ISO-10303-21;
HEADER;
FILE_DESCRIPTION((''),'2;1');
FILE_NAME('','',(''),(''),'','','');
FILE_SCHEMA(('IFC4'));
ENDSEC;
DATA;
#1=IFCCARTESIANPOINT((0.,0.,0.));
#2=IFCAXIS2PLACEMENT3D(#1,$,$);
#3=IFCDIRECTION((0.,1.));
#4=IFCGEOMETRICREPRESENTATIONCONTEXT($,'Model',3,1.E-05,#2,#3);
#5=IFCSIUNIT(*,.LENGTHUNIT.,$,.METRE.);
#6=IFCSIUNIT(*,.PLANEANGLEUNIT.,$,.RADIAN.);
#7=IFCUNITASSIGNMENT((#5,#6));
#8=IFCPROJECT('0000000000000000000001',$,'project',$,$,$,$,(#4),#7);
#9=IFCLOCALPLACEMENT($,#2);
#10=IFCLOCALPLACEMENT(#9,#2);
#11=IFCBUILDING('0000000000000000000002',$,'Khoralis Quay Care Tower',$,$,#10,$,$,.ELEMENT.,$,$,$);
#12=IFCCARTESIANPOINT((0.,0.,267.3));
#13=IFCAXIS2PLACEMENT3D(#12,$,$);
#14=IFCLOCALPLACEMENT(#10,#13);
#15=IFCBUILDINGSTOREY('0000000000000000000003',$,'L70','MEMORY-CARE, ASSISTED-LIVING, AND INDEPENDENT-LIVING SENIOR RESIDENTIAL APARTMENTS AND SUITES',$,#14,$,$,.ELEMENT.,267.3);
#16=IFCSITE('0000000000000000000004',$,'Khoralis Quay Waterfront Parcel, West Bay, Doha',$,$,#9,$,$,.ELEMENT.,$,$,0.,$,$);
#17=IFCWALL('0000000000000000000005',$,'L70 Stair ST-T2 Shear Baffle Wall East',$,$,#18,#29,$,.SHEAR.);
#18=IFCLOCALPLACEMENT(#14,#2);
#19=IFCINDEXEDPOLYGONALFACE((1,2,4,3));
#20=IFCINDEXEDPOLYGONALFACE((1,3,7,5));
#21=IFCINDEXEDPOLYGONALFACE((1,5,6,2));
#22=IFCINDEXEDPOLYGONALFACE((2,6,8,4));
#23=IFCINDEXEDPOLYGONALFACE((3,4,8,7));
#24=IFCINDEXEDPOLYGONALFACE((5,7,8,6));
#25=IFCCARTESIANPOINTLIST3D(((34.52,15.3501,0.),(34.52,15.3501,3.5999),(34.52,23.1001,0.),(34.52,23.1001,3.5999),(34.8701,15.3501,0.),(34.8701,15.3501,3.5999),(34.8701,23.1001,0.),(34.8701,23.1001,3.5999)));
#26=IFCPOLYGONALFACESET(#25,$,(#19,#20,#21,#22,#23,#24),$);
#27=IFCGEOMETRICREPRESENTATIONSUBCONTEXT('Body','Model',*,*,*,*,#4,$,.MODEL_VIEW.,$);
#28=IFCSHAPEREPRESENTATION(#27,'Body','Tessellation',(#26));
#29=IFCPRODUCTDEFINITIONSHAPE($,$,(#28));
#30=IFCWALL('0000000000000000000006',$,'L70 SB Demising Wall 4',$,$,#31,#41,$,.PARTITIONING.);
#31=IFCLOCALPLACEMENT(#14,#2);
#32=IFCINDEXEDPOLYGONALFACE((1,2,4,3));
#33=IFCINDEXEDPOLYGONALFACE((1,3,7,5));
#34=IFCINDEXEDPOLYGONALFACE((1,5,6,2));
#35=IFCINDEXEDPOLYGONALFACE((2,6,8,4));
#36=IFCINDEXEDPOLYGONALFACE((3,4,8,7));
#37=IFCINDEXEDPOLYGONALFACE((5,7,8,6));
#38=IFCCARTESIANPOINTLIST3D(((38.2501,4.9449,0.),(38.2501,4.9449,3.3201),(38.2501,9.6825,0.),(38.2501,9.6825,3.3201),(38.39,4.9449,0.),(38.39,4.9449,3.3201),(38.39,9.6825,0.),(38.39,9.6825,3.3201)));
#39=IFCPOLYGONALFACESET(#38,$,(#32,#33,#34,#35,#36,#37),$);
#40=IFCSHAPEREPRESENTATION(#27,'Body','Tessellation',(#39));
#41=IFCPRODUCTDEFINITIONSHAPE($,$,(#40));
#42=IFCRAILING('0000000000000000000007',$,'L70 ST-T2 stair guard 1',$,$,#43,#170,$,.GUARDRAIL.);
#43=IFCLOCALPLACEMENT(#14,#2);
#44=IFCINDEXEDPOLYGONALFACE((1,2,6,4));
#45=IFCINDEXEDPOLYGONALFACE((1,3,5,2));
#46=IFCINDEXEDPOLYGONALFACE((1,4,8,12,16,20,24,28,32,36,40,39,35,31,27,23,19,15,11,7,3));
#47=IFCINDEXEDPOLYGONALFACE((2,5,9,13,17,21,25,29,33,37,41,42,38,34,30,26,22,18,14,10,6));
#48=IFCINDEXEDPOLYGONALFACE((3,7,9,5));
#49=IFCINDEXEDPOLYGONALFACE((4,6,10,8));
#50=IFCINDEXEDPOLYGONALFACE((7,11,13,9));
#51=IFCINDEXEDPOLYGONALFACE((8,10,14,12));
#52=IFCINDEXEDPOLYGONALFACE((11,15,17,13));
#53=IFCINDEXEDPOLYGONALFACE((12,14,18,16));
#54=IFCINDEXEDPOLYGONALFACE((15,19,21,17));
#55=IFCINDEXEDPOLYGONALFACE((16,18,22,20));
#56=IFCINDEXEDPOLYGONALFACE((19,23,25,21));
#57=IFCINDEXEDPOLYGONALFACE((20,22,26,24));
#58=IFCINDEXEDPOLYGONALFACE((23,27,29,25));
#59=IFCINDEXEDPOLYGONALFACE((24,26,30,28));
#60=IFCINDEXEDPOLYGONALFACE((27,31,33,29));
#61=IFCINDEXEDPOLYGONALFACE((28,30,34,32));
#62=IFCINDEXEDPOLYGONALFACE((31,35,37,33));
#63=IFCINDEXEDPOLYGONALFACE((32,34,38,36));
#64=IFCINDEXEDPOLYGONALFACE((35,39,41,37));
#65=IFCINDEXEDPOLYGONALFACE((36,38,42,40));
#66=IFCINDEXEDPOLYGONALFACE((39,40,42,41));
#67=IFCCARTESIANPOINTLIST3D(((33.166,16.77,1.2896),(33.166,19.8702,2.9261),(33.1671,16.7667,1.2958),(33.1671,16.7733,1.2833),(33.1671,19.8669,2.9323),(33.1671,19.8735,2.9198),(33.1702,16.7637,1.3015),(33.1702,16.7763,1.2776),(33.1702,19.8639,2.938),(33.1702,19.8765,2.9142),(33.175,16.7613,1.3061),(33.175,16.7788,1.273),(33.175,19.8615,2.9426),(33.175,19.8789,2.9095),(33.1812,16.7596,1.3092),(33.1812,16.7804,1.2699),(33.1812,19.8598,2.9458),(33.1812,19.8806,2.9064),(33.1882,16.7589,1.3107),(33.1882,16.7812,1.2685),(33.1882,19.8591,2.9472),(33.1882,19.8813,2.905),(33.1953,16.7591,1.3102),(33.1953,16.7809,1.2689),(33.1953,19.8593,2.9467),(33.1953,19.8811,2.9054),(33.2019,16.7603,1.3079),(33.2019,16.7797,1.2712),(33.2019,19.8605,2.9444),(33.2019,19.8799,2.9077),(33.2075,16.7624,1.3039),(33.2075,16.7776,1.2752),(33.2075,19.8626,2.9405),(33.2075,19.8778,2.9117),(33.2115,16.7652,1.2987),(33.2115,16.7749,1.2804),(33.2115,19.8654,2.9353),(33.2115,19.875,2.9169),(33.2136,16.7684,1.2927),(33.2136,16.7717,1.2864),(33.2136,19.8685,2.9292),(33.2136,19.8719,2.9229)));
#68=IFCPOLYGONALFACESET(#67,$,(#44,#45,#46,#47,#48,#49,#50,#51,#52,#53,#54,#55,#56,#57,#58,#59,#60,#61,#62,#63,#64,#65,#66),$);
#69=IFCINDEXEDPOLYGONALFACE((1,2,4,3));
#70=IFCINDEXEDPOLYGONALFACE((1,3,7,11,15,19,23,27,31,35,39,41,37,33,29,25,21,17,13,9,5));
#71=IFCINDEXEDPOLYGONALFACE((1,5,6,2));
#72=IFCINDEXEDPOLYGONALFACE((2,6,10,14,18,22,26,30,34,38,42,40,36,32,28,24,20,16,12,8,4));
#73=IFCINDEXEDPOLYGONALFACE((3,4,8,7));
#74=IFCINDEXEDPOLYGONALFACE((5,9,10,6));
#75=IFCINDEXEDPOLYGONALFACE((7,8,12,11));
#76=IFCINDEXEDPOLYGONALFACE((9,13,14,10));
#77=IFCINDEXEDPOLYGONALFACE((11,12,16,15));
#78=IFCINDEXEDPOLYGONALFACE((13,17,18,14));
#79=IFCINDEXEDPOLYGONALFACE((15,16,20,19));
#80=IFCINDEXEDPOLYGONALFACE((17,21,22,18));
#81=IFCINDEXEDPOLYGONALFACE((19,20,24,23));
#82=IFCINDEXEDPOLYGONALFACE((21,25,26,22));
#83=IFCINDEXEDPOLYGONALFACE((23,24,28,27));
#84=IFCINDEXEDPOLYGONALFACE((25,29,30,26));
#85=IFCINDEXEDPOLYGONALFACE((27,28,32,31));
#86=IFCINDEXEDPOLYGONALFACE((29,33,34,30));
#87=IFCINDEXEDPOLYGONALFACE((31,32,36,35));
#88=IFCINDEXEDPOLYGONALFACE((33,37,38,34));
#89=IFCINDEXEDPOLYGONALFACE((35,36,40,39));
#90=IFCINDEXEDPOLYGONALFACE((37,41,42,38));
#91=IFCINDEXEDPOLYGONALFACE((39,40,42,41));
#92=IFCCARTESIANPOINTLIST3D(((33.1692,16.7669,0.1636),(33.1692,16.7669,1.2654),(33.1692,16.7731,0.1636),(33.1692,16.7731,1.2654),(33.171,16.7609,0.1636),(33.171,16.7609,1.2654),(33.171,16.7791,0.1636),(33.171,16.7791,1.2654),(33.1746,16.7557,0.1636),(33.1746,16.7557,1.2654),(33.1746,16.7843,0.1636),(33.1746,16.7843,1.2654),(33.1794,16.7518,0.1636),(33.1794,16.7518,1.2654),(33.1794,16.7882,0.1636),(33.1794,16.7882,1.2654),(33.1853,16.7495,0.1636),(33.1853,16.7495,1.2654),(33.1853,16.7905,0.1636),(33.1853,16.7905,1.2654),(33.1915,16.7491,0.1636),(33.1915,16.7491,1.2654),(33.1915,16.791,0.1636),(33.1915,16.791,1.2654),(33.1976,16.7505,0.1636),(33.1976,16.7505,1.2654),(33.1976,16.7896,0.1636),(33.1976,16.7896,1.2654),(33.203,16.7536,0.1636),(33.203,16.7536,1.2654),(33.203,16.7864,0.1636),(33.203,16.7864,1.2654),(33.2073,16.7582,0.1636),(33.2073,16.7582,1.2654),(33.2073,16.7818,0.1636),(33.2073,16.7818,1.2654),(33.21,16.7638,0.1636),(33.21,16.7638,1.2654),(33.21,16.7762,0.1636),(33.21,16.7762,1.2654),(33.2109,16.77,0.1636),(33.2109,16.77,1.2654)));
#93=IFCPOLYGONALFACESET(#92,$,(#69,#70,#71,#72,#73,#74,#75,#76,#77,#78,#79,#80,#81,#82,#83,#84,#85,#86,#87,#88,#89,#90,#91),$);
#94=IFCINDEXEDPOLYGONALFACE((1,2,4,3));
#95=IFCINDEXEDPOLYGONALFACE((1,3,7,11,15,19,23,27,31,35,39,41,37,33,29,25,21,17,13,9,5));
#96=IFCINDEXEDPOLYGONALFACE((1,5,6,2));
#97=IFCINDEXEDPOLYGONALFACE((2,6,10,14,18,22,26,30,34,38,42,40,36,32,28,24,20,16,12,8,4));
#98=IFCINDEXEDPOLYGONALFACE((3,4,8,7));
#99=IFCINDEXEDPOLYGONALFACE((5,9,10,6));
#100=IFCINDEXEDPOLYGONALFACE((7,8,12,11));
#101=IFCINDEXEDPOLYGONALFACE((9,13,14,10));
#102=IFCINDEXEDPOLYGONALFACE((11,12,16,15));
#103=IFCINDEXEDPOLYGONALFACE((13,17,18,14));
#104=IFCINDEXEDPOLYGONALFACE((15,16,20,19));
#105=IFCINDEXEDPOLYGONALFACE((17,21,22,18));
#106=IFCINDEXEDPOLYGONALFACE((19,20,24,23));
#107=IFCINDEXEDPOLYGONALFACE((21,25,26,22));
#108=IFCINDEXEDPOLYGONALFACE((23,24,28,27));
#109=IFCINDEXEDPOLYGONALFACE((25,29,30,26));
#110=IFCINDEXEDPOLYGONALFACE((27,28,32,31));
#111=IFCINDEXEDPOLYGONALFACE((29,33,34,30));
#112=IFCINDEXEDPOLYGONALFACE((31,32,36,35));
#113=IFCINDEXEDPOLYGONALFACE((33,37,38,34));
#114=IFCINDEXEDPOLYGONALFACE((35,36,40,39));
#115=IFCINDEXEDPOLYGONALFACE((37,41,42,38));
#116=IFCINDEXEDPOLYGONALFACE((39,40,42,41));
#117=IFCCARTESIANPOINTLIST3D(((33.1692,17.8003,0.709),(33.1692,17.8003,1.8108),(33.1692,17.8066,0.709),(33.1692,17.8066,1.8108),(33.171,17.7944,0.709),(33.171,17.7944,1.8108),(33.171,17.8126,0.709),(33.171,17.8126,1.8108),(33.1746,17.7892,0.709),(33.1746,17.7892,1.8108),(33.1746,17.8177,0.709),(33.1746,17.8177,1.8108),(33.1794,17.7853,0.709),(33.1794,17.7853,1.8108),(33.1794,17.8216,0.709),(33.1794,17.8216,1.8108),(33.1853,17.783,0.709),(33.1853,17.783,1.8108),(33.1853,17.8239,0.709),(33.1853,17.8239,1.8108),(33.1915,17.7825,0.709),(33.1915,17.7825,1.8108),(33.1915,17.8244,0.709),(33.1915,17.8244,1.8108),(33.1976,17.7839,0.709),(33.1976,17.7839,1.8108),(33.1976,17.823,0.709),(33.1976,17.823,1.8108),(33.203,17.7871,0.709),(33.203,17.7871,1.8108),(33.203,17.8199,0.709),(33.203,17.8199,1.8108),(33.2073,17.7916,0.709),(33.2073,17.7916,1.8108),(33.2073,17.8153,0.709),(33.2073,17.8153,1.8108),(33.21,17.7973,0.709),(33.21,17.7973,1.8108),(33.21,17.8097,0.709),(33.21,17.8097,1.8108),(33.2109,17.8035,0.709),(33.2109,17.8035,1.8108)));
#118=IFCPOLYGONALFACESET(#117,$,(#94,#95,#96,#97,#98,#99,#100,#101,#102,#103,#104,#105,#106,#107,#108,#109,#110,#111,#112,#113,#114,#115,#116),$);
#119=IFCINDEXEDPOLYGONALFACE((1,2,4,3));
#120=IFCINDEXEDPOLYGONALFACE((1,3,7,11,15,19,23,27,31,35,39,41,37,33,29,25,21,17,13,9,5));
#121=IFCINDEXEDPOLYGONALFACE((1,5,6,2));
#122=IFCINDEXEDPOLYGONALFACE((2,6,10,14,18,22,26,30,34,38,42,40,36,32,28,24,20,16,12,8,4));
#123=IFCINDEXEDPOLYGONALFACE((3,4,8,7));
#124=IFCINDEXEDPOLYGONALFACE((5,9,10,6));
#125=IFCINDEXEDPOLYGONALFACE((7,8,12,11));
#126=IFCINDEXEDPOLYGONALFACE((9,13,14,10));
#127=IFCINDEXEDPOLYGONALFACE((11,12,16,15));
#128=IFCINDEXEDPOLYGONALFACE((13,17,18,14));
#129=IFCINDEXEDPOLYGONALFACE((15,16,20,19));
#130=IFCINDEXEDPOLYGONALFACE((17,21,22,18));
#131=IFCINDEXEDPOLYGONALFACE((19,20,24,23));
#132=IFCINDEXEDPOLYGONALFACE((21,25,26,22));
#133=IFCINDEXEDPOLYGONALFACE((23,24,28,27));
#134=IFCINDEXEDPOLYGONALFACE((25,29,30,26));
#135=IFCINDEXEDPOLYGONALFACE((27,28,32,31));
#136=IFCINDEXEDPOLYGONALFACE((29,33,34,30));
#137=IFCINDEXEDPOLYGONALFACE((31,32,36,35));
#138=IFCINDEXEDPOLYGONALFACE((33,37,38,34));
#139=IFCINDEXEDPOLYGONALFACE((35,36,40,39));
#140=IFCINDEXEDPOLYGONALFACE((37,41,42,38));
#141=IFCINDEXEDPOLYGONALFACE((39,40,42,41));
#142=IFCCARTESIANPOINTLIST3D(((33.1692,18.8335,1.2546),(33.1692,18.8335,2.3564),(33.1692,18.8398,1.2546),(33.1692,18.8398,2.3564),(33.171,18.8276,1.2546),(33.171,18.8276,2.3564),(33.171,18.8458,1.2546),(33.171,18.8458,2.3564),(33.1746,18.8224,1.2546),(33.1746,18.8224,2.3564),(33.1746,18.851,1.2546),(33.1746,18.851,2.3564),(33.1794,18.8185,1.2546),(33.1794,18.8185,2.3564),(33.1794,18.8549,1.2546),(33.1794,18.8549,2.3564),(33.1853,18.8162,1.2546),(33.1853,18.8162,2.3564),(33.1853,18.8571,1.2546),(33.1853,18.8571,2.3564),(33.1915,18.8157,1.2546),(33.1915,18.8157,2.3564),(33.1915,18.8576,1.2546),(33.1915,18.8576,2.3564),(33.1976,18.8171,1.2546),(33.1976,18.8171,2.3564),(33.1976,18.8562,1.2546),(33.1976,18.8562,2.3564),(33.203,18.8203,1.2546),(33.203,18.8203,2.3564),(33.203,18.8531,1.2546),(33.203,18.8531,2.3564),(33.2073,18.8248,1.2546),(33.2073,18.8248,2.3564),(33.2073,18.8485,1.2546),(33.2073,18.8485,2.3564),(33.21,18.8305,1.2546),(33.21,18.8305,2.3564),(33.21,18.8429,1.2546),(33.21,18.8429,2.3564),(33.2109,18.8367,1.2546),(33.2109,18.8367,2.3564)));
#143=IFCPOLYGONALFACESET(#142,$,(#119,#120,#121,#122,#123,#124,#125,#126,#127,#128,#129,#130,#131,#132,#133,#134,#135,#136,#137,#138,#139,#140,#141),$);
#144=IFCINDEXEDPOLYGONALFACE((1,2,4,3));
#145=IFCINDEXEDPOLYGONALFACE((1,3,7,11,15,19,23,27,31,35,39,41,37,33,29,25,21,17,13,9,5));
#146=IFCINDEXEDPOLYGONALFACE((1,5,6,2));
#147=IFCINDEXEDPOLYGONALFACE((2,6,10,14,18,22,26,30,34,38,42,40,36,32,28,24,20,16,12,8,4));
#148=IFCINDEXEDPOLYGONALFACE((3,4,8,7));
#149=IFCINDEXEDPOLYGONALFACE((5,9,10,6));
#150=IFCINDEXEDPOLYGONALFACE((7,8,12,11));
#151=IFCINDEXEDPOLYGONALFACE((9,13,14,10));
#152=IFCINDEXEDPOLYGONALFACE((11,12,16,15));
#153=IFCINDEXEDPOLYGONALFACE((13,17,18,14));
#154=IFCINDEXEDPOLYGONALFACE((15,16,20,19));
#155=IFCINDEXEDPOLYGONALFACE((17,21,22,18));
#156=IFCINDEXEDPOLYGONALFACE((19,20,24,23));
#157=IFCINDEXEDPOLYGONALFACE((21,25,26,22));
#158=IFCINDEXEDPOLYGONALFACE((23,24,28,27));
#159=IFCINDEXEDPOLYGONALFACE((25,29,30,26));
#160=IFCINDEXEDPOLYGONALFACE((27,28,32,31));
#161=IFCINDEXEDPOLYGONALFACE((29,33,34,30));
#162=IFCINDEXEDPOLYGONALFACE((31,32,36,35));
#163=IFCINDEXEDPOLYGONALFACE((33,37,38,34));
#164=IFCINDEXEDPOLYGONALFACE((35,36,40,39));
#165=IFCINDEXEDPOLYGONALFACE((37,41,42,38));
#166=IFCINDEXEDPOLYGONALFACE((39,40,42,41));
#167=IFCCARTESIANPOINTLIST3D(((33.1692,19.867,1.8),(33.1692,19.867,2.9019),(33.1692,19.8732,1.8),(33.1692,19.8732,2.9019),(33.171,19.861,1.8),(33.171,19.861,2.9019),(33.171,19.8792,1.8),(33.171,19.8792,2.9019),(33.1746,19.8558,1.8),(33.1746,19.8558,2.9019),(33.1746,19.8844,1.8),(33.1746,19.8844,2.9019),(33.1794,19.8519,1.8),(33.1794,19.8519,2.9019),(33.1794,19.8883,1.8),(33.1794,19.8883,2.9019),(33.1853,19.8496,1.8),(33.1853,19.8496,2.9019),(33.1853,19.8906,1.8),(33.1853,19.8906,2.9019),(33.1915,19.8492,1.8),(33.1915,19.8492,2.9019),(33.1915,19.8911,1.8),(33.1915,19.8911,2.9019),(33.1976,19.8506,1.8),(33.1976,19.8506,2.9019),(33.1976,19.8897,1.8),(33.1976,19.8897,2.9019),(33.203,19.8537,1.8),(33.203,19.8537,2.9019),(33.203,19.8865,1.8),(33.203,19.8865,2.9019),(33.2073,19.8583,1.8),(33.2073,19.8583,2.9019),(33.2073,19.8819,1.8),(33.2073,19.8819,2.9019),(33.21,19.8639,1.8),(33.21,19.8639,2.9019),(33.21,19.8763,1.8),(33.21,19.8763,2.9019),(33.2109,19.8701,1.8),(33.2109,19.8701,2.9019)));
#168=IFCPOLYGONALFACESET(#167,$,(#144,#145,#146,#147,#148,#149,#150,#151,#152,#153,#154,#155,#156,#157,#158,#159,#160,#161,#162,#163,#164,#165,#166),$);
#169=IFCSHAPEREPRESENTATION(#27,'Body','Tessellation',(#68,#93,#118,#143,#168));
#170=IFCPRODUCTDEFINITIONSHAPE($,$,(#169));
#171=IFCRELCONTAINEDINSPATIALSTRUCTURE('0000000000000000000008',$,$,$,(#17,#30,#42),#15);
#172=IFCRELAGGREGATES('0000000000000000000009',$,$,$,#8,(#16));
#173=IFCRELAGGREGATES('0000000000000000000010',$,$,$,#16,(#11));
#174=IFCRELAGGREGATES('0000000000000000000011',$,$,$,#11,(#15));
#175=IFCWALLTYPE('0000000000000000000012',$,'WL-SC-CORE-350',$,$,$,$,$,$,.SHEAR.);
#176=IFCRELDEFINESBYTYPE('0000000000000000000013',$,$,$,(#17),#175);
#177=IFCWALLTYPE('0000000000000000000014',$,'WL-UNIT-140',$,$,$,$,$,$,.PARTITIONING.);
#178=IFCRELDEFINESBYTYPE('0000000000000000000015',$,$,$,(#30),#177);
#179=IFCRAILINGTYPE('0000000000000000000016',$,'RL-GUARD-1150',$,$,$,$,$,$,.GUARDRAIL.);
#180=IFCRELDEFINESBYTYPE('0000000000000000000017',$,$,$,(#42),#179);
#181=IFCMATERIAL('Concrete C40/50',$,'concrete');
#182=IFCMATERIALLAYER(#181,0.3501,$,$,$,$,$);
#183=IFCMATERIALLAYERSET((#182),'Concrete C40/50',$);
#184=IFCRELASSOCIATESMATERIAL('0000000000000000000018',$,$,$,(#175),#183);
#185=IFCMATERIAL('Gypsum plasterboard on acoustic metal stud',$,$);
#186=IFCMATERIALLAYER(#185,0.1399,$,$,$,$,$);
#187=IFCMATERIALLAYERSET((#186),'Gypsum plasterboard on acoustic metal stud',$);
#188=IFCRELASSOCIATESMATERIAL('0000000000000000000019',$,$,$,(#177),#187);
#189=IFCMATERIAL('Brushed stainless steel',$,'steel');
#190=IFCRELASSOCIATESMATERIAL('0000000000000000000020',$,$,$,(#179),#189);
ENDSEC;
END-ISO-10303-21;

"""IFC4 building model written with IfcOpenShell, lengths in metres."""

from ifc_helpers import new_model, si_unit, direction, frame, frame_2d, origin, origin_2d, place, context, subcontext, project, spatial, rectangle, circle, extrude, material, layer, layer_set, type_object, element, save


model = new_model("IFC4")

# Units and contexts
model_context = context("Model", 3, precision=1e-05, world=origin(), true_north=direction((0.0, 1.0)))
body_context = subcontext(model_context, "Body", "Model", "MODEL_VIEW")
ifc_project = project(units=[si_unit("LENGTHUNIT", "METRE"), si_unit("PLANEANGLEUNIT", "RADIAN")], contexts=[model_context])

# Site, building, storey
site_placement = place(None, origin())
site = spatial("IfcSite", under=ifc_project, at=site_placement, Name="Khoralis Quay Waterfront Parcel, West Bay, Doha", CompositionType="ELEMENT", RefElevation=0.0)
building_placement = place(site_placement, origin())
building = spatial("IfcBuilding", under=site, at=building_placement, Name="Khoralis Quay Care Tower", CompositionType="ELEMENT")
storey_placement = place(building_placement, frame((0.0, 0.0, 267.3)))
storey = spatial("IfcBuildingStorey", under=building, at=storey_placement, Name="L70", Description="MEMORY-CARE, ASSISTED-LIVING, AND INDEPENDENT-LIVING SENIOR RESIDENTIAL APARTMENTS AND SUITES", CompositionType="ELEMENT", Elevation=267.3)

# Shared definitions
ifc_material_1 = material(Name="Gypsum plasterboard on acoustic metal stud")

# Walls
ifc_material_2 = material(Name="Concrete C40/50", Category="concrete")
ifc_layer_1 = layer(ifc_material_2, 0.3501)
ifc_layer_set_1 = layer_set([ifc_layer_1], Name="Concrete C40/50")
wall_type_1 = type_object("IfcWallType", Name="WL-SC-CORE-350", PredefinedType="SHEAR", material=ifc_layer_set_1)
wall_1_placement = place(storey_placement, frame((34.6951, 15.3501, 0.0), z_axis=(0.0, 0.0, 1.0), x_axis=(0.0, 1.0, 0.0)))
element("IfcWall", 1, at=wall_1_placement, inside=storey, type_object=wall_type_1, Name="L70 Stair ST-T2 Shear Baffle Wall East", PredefinedType="SHEAR", context=body_context, shape_type="SweptSolid", body=[
    extrude(rectangle(XDim=7.75, YDim=0.3501, at=frame_2d((3.875, 0.0))), origin(), (0.0, 0.0, 1.0), 3.5999),
])
ifc_layer_2 = layer(ifc_material_1, 0.1399)
ifc_layer_set_2 = layer_set([ifc_layer_2], Name="Gypsum plasterboard on acoustic metal stud")
wall_type_2 = type_object("IfcWallType", Name="WL-UNIT-140", PredefinedType="PARTITIONING", material=ifc_layer_set_2)
wall_2_placement = place(storey_placement, frame((38.3201, 4.9451, 0.0), z_axis=(0.0, 0.0, 1.0), x_axis=(0.0, 1.0, 0.0)))
element("IfcWall", 2, at=wall_2_placement, inside=storey, type_object=wall_type_2, Name="L70 SB Demising Wall 4", PredefinedType="PARTITIONING", context=body_context, shape_type="SweptSolid", body=[
    extrude(rectangle(XDim=4.7375, YDim=0.1399, at=frame_2d((2.3687, 0.0))), origin(), (0.0, 0.0, 1.0), 3.3201),
])

# Railing
ifc_material_3 = material(Name="Brushed stainless steel", Category="steel")
railing_type = type_object("IfcRailingType", Name="RL-GUARD-1150", PredefinedType="GUARDRAIL", material=ifc_material_3)
railing_1_placement = place(storey_placement, frame((33.1899, 16.77, 0.1636)))
element("IfcRailing", 3, at=railing_1_placement, inside=storey, type_object=railing_type, Name="L70 ST-T2 stair guard 1", PredefinedType="GUARDRAIL", context=body_context, shape_type="SweptSolid", body=[
    extrude(circle(Radius=0.0239, at=origin_2d()), frame((0.0, 0.0, 1.126), z_axis=(0.0, 0.884348, 0.466828), x_axis=(-1.0, 0.0, 0.0)), (0.0, 0.0, 1.0), 3.5056),
    extrude(circle(Radius=0.021, at=origin_2d()), origin(), (0.0, 0.0, 1.0), 1.1018),
    extrude(circle(Radius=0.021, at=origin_2d()), frame((0.0, 1.0334, 0.5454)), (0.0, 0.0, 1.0), 1.1018),
    extrude(circle(Radius=0.021, at=origin_2d()), frame((0.0, 2.0667, 1.0911)), (0.0, 0.0, 1.0), 1.1018),
    extrude(circle(Radius=0.021, at=origin_2d()), frame((0.0, 3.1001, 1.6365)), (0.0, 0.0, 1.0), 1.1018),
])

save(model, "model.ifc")
